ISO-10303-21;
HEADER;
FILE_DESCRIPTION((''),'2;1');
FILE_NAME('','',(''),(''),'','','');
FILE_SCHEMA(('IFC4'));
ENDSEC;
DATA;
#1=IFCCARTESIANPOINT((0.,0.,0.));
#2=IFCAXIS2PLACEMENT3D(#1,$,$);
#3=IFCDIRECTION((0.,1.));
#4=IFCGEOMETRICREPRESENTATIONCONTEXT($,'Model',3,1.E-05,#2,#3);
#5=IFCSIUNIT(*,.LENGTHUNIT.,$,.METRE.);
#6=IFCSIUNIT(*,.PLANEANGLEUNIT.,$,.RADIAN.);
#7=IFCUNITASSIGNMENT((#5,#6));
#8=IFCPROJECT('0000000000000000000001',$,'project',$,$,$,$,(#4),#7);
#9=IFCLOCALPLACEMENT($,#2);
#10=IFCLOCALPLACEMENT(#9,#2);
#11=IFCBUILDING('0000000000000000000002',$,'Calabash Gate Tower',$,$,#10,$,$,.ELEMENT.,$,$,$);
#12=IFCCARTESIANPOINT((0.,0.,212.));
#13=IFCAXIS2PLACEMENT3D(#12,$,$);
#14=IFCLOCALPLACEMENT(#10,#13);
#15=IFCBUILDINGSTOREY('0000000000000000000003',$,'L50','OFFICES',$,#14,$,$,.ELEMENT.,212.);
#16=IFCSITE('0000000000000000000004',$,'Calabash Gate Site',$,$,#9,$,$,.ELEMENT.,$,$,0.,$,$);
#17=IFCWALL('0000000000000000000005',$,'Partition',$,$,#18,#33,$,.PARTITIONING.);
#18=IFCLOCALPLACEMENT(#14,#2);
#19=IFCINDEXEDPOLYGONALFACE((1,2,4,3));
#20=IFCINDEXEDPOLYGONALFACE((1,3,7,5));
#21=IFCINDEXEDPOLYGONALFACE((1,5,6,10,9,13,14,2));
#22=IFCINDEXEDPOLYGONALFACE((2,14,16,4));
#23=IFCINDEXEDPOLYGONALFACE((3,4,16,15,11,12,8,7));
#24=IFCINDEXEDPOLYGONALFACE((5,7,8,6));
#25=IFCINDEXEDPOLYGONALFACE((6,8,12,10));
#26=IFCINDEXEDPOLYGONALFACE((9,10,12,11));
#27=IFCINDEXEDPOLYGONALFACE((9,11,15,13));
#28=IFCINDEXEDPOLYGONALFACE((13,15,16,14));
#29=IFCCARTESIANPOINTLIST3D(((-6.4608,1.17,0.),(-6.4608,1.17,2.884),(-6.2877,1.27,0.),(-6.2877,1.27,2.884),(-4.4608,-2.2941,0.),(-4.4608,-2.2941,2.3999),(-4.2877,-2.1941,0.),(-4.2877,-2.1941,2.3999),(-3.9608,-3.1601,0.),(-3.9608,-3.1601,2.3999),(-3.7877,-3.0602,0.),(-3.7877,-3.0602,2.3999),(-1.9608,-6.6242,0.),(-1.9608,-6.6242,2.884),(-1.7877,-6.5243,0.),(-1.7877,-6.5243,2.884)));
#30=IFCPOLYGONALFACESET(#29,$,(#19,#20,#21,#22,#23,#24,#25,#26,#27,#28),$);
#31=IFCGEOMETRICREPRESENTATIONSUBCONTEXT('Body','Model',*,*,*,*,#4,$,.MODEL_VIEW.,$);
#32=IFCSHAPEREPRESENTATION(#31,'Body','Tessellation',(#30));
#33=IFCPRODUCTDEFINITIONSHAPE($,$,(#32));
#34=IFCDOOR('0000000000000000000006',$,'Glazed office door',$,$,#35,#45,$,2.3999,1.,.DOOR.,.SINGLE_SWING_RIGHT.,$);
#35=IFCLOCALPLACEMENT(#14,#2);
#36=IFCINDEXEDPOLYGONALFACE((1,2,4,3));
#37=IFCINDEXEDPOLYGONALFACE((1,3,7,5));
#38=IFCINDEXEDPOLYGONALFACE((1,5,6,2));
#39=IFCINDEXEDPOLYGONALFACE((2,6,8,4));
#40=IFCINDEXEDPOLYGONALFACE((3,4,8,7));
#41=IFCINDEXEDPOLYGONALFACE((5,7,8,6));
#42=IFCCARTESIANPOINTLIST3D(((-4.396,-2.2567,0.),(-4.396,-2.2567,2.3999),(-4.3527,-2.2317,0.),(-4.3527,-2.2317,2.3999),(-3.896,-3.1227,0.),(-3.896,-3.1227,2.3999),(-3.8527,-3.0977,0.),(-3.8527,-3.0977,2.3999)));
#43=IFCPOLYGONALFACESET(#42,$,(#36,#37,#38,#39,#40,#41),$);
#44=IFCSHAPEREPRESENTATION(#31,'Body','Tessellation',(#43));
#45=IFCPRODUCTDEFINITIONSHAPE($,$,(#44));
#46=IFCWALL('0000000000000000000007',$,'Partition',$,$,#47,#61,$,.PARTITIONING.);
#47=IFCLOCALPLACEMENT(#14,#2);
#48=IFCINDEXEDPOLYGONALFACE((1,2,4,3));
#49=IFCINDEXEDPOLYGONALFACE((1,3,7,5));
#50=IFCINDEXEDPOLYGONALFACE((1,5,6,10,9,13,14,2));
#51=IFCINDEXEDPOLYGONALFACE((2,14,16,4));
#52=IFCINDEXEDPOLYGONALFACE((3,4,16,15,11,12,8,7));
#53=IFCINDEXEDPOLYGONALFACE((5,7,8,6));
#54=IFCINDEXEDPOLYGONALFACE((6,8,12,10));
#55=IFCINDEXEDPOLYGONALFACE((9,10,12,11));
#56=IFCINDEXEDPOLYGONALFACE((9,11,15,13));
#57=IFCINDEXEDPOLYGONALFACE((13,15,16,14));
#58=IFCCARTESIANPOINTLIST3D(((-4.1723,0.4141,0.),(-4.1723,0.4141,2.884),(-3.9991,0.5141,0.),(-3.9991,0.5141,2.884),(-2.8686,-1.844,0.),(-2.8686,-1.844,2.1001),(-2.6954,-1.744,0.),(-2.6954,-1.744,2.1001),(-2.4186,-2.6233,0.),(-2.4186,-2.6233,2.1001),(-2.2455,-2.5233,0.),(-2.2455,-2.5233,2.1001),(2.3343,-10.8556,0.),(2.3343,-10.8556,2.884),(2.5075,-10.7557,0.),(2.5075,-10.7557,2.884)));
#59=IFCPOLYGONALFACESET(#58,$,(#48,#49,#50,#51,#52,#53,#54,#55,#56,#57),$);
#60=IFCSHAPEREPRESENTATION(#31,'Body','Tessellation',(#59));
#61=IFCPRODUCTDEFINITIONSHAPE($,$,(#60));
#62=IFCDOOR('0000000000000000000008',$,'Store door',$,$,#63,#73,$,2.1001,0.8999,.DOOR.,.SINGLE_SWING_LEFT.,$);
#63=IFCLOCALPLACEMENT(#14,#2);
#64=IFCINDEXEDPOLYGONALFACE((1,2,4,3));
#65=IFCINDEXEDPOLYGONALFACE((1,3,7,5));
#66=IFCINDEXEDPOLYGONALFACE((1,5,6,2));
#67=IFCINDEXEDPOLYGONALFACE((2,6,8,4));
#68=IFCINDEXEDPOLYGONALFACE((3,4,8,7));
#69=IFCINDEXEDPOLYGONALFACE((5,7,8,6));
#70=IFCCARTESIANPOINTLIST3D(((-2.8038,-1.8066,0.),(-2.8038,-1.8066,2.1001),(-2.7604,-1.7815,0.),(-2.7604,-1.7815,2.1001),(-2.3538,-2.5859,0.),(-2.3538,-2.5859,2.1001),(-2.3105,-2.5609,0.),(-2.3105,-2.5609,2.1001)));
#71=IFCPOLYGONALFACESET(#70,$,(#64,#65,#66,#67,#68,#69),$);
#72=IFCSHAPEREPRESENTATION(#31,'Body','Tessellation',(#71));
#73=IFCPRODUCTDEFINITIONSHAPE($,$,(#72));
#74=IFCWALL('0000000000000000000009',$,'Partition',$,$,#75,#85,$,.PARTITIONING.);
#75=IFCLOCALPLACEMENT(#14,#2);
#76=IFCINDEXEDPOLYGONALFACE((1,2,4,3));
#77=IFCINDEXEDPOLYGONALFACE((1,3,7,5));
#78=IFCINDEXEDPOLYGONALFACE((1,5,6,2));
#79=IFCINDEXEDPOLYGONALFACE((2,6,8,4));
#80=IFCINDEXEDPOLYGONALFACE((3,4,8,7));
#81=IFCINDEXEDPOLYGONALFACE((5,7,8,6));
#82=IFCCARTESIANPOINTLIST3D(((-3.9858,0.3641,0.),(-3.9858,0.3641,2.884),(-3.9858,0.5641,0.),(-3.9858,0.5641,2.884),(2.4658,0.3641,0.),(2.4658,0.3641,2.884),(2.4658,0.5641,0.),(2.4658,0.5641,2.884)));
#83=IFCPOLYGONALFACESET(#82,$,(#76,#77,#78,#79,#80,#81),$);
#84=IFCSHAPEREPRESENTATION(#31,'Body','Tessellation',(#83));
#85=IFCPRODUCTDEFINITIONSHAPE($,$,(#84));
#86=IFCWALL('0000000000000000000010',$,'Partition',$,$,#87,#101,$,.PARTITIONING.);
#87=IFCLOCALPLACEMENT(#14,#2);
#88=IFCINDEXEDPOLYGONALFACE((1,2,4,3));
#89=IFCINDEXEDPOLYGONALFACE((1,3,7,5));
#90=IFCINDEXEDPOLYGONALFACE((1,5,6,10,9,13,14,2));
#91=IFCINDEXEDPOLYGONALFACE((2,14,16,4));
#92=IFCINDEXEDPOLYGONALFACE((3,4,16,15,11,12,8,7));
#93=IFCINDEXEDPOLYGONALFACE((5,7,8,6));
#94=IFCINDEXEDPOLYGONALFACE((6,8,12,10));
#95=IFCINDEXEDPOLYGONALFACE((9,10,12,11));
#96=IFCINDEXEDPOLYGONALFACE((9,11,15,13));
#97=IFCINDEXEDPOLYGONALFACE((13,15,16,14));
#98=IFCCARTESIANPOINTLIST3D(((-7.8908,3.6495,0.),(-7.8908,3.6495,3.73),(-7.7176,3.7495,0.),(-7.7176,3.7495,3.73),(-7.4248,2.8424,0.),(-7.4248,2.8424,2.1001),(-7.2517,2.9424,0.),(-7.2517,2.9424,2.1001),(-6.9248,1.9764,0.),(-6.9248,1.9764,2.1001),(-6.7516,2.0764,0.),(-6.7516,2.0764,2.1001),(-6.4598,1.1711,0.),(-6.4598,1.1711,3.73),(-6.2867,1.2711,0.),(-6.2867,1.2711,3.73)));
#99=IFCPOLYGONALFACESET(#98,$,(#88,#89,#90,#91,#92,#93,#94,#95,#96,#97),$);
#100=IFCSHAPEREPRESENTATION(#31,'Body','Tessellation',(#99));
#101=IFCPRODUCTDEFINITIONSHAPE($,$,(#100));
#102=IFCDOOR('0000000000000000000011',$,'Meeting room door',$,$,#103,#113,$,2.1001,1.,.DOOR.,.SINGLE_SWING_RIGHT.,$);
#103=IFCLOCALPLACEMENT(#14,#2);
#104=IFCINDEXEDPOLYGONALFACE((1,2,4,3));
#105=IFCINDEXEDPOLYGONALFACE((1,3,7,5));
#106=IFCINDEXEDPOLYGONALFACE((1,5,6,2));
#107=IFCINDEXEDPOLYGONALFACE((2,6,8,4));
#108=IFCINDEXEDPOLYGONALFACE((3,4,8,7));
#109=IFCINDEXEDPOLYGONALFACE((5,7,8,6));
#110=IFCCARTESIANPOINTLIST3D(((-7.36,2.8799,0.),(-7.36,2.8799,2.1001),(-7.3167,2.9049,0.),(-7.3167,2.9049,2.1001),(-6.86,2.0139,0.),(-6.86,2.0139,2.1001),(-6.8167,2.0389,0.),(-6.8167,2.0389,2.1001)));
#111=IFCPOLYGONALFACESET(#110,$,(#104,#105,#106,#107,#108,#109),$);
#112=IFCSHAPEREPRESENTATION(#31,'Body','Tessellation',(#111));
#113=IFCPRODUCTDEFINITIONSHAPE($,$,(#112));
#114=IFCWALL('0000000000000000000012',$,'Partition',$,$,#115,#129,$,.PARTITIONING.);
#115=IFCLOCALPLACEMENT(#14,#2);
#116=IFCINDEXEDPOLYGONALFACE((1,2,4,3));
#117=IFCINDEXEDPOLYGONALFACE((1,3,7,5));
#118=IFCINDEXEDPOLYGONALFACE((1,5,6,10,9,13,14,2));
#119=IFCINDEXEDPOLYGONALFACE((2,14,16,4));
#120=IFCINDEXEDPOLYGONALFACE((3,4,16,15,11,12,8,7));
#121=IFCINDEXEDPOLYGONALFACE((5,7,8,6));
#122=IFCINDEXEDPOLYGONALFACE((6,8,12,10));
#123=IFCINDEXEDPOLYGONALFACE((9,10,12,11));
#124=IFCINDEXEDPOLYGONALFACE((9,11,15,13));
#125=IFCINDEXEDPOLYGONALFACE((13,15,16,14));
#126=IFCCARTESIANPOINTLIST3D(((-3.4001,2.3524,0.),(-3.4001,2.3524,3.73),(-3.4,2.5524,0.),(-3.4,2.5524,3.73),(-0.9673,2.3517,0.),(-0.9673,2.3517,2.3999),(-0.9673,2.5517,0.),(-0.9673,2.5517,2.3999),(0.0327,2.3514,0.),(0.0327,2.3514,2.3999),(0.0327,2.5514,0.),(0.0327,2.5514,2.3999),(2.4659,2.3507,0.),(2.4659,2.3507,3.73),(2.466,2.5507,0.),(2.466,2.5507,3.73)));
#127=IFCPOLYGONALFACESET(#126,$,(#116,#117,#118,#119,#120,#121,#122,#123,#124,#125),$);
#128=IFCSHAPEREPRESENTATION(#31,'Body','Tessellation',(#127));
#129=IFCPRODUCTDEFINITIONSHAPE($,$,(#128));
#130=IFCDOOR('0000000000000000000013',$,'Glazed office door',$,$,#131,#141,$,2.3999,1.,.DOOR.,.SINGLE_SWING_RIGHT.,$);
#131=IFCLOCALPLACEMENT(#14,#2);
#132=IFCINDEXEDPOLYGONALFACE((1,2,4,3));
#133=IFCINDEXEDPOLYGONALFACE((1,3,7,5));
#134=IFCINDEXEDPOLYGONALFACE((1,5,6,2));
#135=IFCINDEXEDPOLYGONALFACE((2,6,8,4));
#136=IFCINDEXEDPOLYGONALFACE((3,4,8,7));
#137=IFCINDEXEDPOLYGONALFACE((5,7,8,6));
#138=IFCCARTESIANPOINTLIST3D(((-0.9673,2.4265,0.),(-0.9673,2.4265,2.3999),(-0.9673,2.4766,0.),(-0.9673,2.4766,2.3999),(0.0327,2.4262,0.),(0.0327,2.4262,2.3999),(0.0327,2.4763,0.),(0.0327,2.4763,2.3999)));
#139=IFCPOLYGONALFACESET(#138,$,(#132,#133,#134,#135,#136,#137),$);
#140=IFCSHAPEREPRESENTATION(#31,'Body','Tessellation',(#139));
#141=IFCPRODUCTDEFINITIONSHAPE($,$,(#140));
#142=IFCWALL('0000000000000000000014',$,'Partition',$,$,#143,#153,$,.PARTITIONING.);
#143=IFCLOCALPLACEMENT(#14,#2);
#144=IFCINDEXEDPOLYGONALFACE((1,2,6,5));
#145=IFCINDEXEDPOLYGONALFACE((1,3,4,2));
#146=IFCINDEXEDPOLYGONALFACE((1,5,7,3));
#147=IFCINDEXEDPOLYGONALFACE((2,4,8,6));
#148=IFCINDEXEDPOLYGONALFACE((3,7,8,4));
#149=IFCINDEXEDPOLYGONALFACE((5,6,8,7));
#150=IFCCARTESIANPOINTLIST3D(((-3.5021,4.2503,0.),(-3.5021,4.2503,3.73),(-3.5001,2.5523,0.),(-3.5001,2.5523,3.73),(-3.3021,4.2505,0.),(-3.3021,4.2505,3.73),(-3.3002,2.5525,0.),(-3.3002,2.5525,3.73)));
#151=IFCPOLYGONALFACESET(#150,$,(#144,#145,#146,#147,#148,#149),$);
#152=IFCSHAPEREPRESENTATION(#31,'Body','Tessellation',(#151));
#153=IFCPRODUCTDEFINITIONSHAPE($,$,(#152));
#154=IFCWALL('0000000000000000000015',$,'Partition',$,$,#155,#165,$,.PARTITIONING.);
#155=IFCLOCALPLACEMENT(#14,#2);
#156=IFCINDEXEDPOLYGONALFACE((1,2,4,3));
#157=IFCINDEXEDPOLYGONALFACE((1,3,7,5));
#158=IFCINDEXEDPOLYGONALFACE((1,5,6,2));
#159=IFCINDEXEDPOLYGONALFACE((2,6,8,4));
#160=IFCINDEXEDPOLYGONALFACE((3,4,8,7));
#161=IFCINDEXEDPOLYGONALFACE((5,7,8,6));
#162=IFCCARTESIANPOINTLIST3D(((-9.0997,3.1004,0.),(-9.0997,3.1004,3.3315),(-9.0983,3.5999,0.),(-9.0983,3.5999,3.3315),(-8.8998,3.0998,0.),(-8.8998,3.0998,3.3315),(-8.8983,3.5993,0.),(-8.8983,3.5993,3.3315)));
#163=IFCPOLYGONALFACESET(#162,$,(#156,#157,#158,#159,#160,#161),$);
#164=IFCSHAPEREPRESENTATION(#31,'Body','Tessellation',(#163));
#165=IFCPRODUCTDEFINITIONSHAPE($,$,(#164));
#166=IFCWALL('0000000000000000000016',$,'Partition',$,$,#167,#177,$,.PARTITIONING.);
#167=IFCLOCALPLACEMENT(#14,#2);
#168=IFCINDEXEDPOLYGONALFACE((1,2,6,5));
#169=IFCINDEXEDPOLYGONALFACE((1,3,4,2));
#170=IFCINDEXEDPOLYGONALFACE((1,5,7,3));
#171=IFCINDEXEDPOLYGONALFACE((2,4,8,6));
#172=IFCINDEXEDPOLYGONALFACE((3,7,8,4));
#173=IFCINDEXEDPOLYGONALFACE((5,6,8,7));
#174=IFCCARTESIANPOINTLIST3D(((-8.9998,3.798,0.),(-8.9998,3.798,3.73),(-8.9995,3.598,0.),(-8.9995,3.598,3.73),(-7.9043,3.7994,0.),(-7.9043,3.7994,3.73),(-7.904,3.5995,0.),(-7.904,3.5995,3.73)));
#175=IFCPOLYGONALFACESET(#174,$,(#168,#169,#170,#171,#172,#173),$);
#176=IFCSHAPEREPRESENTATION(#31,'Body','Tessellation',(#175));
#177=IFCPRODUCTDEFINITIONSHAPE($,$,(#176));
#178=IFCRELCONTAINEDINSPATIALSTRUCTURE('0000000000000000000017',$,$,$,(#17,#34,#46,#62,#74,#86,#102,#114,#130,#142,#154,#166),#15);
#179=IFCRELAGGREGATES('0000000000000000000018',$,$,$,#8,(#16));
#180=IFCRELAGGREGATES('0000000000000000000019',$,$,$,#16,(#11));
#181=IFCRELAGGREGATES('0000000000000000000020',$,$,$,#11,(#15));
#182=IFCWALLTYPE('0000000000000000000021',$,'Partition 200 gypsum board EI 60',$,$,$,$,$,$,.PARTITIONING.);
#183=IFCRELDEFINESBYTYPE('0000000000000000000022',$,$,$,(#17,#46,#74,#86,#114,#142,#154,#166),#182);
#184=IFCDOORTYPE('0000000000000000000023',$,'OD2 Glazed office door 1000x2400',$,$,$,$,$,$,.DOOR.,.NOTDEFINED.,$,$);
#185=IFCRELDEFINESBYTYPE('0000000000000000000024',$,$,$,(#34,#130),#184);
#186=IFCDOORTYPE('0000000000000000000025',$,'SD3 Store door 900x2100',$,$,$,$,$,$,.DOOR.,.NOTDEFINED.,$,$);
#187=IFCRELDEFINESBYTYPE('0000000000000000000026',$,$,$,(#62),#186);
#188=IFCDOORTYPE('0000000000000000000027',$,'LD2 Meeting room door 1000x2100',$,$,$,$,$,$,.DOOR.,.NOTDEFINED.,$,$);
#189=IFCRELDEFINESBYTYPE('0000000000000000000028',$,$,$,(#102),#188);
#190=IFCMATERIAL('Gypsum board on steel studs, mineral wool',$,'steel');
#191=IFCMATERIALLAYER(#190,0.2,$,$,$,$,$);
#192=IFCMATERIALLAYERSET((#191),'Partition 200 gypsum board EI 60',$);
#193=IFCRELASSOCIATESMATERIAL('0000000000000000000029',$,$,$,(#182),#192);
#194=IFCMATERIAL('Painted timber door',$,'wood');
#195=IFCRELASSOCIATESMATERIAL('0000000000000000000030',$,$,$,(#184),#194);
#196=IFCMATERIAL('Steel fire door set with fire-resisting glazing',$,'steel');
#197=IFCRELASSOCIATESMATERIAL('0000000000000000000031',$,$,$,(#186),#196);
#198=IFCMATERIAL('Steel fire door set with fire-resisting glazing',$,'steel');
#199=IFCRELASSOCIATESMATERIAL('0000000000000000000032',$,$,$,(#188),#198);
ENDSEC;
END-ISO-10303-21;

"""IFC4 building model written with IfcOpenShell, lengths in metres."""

from ifc_helpers import new_model, si_unit, direction, frame, frame_2d, origin, place, context, subcontext, project, spatial, rectangle, extrude, material, layer, layer_set, type_object, element, fill, save


model = new_model("IFC4")

# Units and contexts
model_context = context("Model", 3, precision=1e-05, world=origin(), true_north=direction((0.0, 1.0)))
body_context = subcontext(model_context, "Body", "Model", "MODEL_VIEW")
ifc_project = project(units=[si_unit("LENGTHUNIT", "METRE"), si_unit("PLANEANGLEUNIT", "RADIAN")], contexts=[model_context])

# Site, building, storey
site_placement = place(None, origin())
site = spatial("IfcSite", under=ifc_project, at=site_placement, Name="Calabash Gate Site", CompositionType="ELEMENT", RefElevation=0.0)
building_placement = place(site_placement, origin())
building = spatial("IfcBuilding", under=site, at=building_placement, Name="Calabash Gate Tower", CompositionType="ELEMENT")
storey_placement = place(building_placement, frame((0.0, 0.0, 212.0)))
storey = spatial("IfcBuildingStorey", under=building, at=storey_placement, Name="L50", Description="OFFICES", CompositionType="ELEMENT", Elevation=212.0)

# Walls, openings, doors
ifc_material_1 = material(Name="Gypsum board on steel studs, mineral wool", Category="steel")
ifc_layer_1 = layer(ifc_material_1, 0.2)
ifc_layer_set_1 = layer_set([ifc_layer_1], Name="Partition 200 gypsum board EI 60")
wall_type_1 = type_object("IfcWallType", Name="Partition 200 gypsum board EI 60", PredefinedType="PARTITIONING", material=ifc_layer_set_1)
wall_1_placement = place(storey_placement, frame((-6.3743, 1.22, 0.0), z_axis=(0.0, 0.0, 1.0), x_axis=(0.500002, -0.866024, 0.0)))
wall_1 = element("IfcWall", 1, at=wall_1_placement, inside=storey, type_object=wall_type_1, Name="Partition", PredefinedType="PARTITIONING", context=body_context, shape_type="SweptSolid", body=[
    extrude(rectangle(XDim=9.0, YDim=0.2, at=frame_2d((4.5, 0.0))), origin(), (0.0, 0.0, 1.0), 2.884),
])
opening_1_placement = place(wall_1_placement, frame((4.0, 0.0, 0.0)))
opening_1 = element("IfcOpeningElement", 2, at=opening_1_placement, cuts=wall_1, PredefinedType="OPENING", context=body_context, shape_type="SweptSolid", body=[
    extrude(rectangle(XDim=1.0, YDim=2.3999, at=frame_2d((0.5, 1.2))), frame((0.0, 0.1099, 0.0), z_axis=(0.0, -1.0, 0.0), x_axis=(1.0, 0.0, 0.0)), (0.0, 0.0, 1.0), 0.22),
])
ifc_material_2 = material(Name="Painted timber door", Category="wood")
door_type_1 = type_object("IfcDoorType", Name="OD2 Glazed office door 1000x2400", OperationType="NOTDEFINED", PredefinedType="DOOR", material=ifc_material_2)
door_1_placement = place(opening_1_placement, origin())
door_1 = element("IfcDoor", 3, at=door_1_placement, inside=storey, type_object=door_type_1, Name="Glazed office door", OperationType="SINGLE_SWING_RIGHT", OverallHeight=2.3999, OverallWidth=1.0, PredefinedType="DOOR", context=body_context, shape_type="SweptSolid", body=[
    extrude(rectangle(XDim=1.0, YDim=2.3999, at=frame_2d((0.5, 1.2))), frame((0.0, 0.0249, 0.0), z_axis=(0.0, -1.0, 0.0), x_axis=(1.0, 0.0, 0.0)), (0.0, 0.0, 1.0), 0.05),
])
fill(opening_1, door_1)
wall_2_placement = place(storey_placement, frame((-4.0857, 0.4641, 0.0), z_axis=(0.0, 0.0, 1.0), x_axis=(0.499999, -0.866026, 0.0)))
wall_2 = element("IfcWall", 4, at=wall_2_placement, inside=storey, type_object=wall_type_1, Name="Partition", PredefinedType="PARTITIONING", context=body_context, shape_type="SweptSolid", body=[
    extrude(rectangle(XDim=13.0132, YDim=0.2, at=frame_2d((6.5066, 0.0))), origin(), (0.0, 0.0, 1.0), 2.884),
])
opening_2_placement = place(wall_2_placement, frame((2.6074, 0.0, 0.0)))
opening_2 = element("IfcOpeningElement", 5, at=opening_2_placement, cuts=wall_2, PredefinedType="OPENING", context=body_context, shape_type="SweptSolid", body=[
    extrude(rectangle(XDim=0.8999, YDim=2.1001, at=frame_2d((0.45, 1.05))), frame((0.0, 0.1099, 0.0), z_axis=(0.0, -1.0, 0.0), x_axis=(1.0, 0.0, 0.0)), (0.0, 0.0, 1.0), 0.22),
])
ifc_material_3 = material(Name="Steel fire door set with fire-resisting glazing", Category="steel")
door_type_2 = type_object("IfcDoorType", Name="SD3 Store door 900x2100", OperationType="NOTDEFINED", PredefinedType="DOOR", material=ifc_material_3)
door_2_placement = place(opening_2_placement, origin())
door_2 = element("IfcDoor", 6, at=door_2_placement, inside=storey, type_object=door_type_2, Name="Store door", OperationType="SINGLE_SWING_LEFT", OverallHeight=2.1001, OverallWidth=0.8999, PredefinedType="DOOR", context=body_context, shape_type="SweptSolid", body=[
    extrude(rectangle(XDim=0.8999, YDim=2.1001, at=frame_2d((0.45, 1.05))), frame((0.0, 0.0249, 0.0), z_axis=(0.0, -1.0, 0.0), x_axis=(1.0, 0.0, 0.0)), (0.0, 0.0, 1.0), 0.05),
])
fill(opening_2, door_2)

# Wall
wall_3_placement = place(storey_placement, frame((-3.9858, 0.4641, 0.0), z_axis=(0.0, 0.0, 1.0), x_axis=(1.0, 0.0, 0.0)))
element("IfcWall", 7, at=wall_3_placement, inside=storey, type_object=wall_type_1, Name="Partition", PredefinedType="PARTITIONING", context=body_context, shape_type="SweptSolid", body=[
    extrude(rectangle(XDim=6.4517, YDim=0.2, at=frame_2d((3.2258, 0.0))), origin(), (0.0, 0.0, 1.0), 2.884),
])

# Walls, openings, doors
wall_4_placement = place(storey_placement, frame((-7.8042, 3.6995, 0.0), z_axis=(0.0, 0.0, 1.0), x_axis=(0.50002, -0.866014, 0.0)))
wall_4 = element("IfcWall", 8, at=wall_4_placement, inside=storey, type_object=wall_type_1, Name="Partition", PredefinedType="PARTITIONING", context=body_context, shape_type="SweptSolid", body=[
    extrude(rectangle(XDim=2.8618, YDim=0.2, at=frame_2d((1.4309, 0.0))), origin(), (0.0, 0.0, 1.0), 3.73),
])
opening_3_placement = place(wall_4_placement, frame((0.9319, 0.0, 0.0)))
opening_3 = element("IfcOpeningElement", 9, at=opening_3_placement, cuts=wall_4, PredefinedType="OPENING", context=body_context, shape_type="SweptSolid", body=[
    extrude(rectangle(XDim=1.0, YDim=2.1001, at=frame_2d((0.5, 1.05))), frame((0.0, 0.1099, 0.0), z_axis=(0.0, -1.0, 0.0), x_axis=(1.0, 0.0, 0.0)), (0.0, 0.0, 1.0), 0.22),
])
ifc_material_4 = material(Name="Steel fire door set with fire-resisting glazing", Category="steel")
door_type_3 = type_object("IfcDoorType", Name="LD2 Meeting room door 1000x2100", OperationType="NOTDEFINED", PredefinedType="DOOR", material=ifc_material_4)
door_3_placement = place(opening_3_placement, origin())
door_3 = element("IfcDoor", 10, at=door_3_placement, inside=storey, type_object=door_type_3, Name="Meeting room door", OperationType="SINGLE_SWING_RIGHT", OverallHeight=2.1001, OverallWidth=1.0, PredefinedType="DOOR", context=body_context, shape_type="SweptSolid", body=[
    extrude(rectangle(XDim=1.0, YDim=2.1001, at=frame_2d((0.5, 1.05))), frame((0.0, 0.0249, 0.0), z_axis=(0.0, -1.0, 0.0), x_axis=(1.0, 0.0, 0.0)), (0.0, 0.0, 1.0), 0.05),
])
fill(opening_3, door_3)
wall_5_placement = place(storey_placement, frame((-3.4001, 2.4524, 0.0), z_axis=(0.0, 0.0, 1.0), x_axis=(1.0, -0.000291, 0.0)))
wall_5 = element("IfcWall", 11, at=wall_5_placement, inside=storey, type_object=wall_type_1, Name="Partition", PredefinedType="PARTITIONING", context=body_context, shape_type="SweptSolid", body=[
    extrude(rectangle(XDim=5.866, YDim=0.2, at=frame_2d((2.9331, 0.0))), origin(), (0.0, 0.0, 1.0), 3.73),
])
opening_4_placement = place(wall_5_placement, frame((2.4329, 0.0, 0.0)))
opening_4 = element("IfcOpeningElement", 12, at=opening_4_placement, cuts=wall_5, PredefinedType="OPENING", context=body_context, shape_type="SweptSolid", body=[
    extrude(rectangle(XDim=1.0, YDim=2.3999, at=frame_2d((0.5, 1.2))), frame((0.0, 0.1099, 0.0), z_axis=(0.0, -1.0, 0.0), x_axis=(1.0, 0.0, 0.0)), (0.0, 0.0, 1.0), 0.22),
])
door_4_placement = place(opening_4_placement, origin())
door_4 = element("IfcDoor", 13, at=door_4_placement, inside=storey, type_object=door_type_1, Name="Glazed office door", OperationType="SINGLE_SWING_RIGHT", OverallHeight=2.3999, OverallWidth=1.0, PredefinedType="DOOR", context=body_context, shape_type="SweptSolid", body=[
    extrude(rectangle(XDim=1.0, YDim=2.3999, at=frame_2d((0.5, 1.2))), frame((0.0, 0.0249, 0.0), z_axis=(0.0, -1.0, 0.0), x_axis=(1.0, 0.0, 0.0)), (0.0, 0.0, 1.0), 0.05),
])
fill(opening_4, door_4)

# Walls
wall_6_placement = place(storey_placement, frame((-3.4021, 4.2505, 0.0), z_axis=(0.0, 0.0, 1.0), x_axis=(0.00115, -0.999999, 0.0)))
element("IfcWall", 14, at=wall_6_placement, inside=storey, type_object=wall_type_1, Name="Partition", PredefinedType="PARTITIONING", context=body_context, shape_type="SweptSolid", body=[
    extrude(rectangle(XDim=1.698, YDim=0.2, at=frame_2d((0.8491, 0.0))), origin(), (0.0, 0.0, 1.0), 3.73),
])
wall_7_placement = place(storey_placement, frame((-8.9998, 3.1001, 0.0), z_axis=(0.0, 0.0, 1.0), x_axis=(0.002933, 0.999996, 0.0)))
element("IfcWall", 15, at=wall_7_placement, inside=storey, type_object=wall_type_1, Name="Partition", PredefinedType="PARTITIONING", context=body_context, shape_type="SweptSolid", body=[
    extrude(rectangle(XDim=0.4995, YDim=0.2, at=frame_2d((0.2498, 0.0))), origin(), (0.0, 0.0, 1.0), 3.3315),
])
wall_8_placement = place(storey_placement, frame((-8.9998, 3.698, 0.0), z_axis=(0.0, 0.0, 1.0), x_axis=(0.999999, 0.001337, 0.0)))
element("IfcWall", 16, at=wall_8_placement, inside=storey, type_object=wall_type_1, Name="Partition", PredefinedType="PARTITIONING", context=body_context, shape_type="SweptSolid", body=[
    extrude(rectangle(XDim=1.0955, YDim=0.2, at=frame_2d((0.5479, 0.0))), origin(), (0.0, 0.0, 1.0), 3.73),
])

save(model, "model.ifc")
